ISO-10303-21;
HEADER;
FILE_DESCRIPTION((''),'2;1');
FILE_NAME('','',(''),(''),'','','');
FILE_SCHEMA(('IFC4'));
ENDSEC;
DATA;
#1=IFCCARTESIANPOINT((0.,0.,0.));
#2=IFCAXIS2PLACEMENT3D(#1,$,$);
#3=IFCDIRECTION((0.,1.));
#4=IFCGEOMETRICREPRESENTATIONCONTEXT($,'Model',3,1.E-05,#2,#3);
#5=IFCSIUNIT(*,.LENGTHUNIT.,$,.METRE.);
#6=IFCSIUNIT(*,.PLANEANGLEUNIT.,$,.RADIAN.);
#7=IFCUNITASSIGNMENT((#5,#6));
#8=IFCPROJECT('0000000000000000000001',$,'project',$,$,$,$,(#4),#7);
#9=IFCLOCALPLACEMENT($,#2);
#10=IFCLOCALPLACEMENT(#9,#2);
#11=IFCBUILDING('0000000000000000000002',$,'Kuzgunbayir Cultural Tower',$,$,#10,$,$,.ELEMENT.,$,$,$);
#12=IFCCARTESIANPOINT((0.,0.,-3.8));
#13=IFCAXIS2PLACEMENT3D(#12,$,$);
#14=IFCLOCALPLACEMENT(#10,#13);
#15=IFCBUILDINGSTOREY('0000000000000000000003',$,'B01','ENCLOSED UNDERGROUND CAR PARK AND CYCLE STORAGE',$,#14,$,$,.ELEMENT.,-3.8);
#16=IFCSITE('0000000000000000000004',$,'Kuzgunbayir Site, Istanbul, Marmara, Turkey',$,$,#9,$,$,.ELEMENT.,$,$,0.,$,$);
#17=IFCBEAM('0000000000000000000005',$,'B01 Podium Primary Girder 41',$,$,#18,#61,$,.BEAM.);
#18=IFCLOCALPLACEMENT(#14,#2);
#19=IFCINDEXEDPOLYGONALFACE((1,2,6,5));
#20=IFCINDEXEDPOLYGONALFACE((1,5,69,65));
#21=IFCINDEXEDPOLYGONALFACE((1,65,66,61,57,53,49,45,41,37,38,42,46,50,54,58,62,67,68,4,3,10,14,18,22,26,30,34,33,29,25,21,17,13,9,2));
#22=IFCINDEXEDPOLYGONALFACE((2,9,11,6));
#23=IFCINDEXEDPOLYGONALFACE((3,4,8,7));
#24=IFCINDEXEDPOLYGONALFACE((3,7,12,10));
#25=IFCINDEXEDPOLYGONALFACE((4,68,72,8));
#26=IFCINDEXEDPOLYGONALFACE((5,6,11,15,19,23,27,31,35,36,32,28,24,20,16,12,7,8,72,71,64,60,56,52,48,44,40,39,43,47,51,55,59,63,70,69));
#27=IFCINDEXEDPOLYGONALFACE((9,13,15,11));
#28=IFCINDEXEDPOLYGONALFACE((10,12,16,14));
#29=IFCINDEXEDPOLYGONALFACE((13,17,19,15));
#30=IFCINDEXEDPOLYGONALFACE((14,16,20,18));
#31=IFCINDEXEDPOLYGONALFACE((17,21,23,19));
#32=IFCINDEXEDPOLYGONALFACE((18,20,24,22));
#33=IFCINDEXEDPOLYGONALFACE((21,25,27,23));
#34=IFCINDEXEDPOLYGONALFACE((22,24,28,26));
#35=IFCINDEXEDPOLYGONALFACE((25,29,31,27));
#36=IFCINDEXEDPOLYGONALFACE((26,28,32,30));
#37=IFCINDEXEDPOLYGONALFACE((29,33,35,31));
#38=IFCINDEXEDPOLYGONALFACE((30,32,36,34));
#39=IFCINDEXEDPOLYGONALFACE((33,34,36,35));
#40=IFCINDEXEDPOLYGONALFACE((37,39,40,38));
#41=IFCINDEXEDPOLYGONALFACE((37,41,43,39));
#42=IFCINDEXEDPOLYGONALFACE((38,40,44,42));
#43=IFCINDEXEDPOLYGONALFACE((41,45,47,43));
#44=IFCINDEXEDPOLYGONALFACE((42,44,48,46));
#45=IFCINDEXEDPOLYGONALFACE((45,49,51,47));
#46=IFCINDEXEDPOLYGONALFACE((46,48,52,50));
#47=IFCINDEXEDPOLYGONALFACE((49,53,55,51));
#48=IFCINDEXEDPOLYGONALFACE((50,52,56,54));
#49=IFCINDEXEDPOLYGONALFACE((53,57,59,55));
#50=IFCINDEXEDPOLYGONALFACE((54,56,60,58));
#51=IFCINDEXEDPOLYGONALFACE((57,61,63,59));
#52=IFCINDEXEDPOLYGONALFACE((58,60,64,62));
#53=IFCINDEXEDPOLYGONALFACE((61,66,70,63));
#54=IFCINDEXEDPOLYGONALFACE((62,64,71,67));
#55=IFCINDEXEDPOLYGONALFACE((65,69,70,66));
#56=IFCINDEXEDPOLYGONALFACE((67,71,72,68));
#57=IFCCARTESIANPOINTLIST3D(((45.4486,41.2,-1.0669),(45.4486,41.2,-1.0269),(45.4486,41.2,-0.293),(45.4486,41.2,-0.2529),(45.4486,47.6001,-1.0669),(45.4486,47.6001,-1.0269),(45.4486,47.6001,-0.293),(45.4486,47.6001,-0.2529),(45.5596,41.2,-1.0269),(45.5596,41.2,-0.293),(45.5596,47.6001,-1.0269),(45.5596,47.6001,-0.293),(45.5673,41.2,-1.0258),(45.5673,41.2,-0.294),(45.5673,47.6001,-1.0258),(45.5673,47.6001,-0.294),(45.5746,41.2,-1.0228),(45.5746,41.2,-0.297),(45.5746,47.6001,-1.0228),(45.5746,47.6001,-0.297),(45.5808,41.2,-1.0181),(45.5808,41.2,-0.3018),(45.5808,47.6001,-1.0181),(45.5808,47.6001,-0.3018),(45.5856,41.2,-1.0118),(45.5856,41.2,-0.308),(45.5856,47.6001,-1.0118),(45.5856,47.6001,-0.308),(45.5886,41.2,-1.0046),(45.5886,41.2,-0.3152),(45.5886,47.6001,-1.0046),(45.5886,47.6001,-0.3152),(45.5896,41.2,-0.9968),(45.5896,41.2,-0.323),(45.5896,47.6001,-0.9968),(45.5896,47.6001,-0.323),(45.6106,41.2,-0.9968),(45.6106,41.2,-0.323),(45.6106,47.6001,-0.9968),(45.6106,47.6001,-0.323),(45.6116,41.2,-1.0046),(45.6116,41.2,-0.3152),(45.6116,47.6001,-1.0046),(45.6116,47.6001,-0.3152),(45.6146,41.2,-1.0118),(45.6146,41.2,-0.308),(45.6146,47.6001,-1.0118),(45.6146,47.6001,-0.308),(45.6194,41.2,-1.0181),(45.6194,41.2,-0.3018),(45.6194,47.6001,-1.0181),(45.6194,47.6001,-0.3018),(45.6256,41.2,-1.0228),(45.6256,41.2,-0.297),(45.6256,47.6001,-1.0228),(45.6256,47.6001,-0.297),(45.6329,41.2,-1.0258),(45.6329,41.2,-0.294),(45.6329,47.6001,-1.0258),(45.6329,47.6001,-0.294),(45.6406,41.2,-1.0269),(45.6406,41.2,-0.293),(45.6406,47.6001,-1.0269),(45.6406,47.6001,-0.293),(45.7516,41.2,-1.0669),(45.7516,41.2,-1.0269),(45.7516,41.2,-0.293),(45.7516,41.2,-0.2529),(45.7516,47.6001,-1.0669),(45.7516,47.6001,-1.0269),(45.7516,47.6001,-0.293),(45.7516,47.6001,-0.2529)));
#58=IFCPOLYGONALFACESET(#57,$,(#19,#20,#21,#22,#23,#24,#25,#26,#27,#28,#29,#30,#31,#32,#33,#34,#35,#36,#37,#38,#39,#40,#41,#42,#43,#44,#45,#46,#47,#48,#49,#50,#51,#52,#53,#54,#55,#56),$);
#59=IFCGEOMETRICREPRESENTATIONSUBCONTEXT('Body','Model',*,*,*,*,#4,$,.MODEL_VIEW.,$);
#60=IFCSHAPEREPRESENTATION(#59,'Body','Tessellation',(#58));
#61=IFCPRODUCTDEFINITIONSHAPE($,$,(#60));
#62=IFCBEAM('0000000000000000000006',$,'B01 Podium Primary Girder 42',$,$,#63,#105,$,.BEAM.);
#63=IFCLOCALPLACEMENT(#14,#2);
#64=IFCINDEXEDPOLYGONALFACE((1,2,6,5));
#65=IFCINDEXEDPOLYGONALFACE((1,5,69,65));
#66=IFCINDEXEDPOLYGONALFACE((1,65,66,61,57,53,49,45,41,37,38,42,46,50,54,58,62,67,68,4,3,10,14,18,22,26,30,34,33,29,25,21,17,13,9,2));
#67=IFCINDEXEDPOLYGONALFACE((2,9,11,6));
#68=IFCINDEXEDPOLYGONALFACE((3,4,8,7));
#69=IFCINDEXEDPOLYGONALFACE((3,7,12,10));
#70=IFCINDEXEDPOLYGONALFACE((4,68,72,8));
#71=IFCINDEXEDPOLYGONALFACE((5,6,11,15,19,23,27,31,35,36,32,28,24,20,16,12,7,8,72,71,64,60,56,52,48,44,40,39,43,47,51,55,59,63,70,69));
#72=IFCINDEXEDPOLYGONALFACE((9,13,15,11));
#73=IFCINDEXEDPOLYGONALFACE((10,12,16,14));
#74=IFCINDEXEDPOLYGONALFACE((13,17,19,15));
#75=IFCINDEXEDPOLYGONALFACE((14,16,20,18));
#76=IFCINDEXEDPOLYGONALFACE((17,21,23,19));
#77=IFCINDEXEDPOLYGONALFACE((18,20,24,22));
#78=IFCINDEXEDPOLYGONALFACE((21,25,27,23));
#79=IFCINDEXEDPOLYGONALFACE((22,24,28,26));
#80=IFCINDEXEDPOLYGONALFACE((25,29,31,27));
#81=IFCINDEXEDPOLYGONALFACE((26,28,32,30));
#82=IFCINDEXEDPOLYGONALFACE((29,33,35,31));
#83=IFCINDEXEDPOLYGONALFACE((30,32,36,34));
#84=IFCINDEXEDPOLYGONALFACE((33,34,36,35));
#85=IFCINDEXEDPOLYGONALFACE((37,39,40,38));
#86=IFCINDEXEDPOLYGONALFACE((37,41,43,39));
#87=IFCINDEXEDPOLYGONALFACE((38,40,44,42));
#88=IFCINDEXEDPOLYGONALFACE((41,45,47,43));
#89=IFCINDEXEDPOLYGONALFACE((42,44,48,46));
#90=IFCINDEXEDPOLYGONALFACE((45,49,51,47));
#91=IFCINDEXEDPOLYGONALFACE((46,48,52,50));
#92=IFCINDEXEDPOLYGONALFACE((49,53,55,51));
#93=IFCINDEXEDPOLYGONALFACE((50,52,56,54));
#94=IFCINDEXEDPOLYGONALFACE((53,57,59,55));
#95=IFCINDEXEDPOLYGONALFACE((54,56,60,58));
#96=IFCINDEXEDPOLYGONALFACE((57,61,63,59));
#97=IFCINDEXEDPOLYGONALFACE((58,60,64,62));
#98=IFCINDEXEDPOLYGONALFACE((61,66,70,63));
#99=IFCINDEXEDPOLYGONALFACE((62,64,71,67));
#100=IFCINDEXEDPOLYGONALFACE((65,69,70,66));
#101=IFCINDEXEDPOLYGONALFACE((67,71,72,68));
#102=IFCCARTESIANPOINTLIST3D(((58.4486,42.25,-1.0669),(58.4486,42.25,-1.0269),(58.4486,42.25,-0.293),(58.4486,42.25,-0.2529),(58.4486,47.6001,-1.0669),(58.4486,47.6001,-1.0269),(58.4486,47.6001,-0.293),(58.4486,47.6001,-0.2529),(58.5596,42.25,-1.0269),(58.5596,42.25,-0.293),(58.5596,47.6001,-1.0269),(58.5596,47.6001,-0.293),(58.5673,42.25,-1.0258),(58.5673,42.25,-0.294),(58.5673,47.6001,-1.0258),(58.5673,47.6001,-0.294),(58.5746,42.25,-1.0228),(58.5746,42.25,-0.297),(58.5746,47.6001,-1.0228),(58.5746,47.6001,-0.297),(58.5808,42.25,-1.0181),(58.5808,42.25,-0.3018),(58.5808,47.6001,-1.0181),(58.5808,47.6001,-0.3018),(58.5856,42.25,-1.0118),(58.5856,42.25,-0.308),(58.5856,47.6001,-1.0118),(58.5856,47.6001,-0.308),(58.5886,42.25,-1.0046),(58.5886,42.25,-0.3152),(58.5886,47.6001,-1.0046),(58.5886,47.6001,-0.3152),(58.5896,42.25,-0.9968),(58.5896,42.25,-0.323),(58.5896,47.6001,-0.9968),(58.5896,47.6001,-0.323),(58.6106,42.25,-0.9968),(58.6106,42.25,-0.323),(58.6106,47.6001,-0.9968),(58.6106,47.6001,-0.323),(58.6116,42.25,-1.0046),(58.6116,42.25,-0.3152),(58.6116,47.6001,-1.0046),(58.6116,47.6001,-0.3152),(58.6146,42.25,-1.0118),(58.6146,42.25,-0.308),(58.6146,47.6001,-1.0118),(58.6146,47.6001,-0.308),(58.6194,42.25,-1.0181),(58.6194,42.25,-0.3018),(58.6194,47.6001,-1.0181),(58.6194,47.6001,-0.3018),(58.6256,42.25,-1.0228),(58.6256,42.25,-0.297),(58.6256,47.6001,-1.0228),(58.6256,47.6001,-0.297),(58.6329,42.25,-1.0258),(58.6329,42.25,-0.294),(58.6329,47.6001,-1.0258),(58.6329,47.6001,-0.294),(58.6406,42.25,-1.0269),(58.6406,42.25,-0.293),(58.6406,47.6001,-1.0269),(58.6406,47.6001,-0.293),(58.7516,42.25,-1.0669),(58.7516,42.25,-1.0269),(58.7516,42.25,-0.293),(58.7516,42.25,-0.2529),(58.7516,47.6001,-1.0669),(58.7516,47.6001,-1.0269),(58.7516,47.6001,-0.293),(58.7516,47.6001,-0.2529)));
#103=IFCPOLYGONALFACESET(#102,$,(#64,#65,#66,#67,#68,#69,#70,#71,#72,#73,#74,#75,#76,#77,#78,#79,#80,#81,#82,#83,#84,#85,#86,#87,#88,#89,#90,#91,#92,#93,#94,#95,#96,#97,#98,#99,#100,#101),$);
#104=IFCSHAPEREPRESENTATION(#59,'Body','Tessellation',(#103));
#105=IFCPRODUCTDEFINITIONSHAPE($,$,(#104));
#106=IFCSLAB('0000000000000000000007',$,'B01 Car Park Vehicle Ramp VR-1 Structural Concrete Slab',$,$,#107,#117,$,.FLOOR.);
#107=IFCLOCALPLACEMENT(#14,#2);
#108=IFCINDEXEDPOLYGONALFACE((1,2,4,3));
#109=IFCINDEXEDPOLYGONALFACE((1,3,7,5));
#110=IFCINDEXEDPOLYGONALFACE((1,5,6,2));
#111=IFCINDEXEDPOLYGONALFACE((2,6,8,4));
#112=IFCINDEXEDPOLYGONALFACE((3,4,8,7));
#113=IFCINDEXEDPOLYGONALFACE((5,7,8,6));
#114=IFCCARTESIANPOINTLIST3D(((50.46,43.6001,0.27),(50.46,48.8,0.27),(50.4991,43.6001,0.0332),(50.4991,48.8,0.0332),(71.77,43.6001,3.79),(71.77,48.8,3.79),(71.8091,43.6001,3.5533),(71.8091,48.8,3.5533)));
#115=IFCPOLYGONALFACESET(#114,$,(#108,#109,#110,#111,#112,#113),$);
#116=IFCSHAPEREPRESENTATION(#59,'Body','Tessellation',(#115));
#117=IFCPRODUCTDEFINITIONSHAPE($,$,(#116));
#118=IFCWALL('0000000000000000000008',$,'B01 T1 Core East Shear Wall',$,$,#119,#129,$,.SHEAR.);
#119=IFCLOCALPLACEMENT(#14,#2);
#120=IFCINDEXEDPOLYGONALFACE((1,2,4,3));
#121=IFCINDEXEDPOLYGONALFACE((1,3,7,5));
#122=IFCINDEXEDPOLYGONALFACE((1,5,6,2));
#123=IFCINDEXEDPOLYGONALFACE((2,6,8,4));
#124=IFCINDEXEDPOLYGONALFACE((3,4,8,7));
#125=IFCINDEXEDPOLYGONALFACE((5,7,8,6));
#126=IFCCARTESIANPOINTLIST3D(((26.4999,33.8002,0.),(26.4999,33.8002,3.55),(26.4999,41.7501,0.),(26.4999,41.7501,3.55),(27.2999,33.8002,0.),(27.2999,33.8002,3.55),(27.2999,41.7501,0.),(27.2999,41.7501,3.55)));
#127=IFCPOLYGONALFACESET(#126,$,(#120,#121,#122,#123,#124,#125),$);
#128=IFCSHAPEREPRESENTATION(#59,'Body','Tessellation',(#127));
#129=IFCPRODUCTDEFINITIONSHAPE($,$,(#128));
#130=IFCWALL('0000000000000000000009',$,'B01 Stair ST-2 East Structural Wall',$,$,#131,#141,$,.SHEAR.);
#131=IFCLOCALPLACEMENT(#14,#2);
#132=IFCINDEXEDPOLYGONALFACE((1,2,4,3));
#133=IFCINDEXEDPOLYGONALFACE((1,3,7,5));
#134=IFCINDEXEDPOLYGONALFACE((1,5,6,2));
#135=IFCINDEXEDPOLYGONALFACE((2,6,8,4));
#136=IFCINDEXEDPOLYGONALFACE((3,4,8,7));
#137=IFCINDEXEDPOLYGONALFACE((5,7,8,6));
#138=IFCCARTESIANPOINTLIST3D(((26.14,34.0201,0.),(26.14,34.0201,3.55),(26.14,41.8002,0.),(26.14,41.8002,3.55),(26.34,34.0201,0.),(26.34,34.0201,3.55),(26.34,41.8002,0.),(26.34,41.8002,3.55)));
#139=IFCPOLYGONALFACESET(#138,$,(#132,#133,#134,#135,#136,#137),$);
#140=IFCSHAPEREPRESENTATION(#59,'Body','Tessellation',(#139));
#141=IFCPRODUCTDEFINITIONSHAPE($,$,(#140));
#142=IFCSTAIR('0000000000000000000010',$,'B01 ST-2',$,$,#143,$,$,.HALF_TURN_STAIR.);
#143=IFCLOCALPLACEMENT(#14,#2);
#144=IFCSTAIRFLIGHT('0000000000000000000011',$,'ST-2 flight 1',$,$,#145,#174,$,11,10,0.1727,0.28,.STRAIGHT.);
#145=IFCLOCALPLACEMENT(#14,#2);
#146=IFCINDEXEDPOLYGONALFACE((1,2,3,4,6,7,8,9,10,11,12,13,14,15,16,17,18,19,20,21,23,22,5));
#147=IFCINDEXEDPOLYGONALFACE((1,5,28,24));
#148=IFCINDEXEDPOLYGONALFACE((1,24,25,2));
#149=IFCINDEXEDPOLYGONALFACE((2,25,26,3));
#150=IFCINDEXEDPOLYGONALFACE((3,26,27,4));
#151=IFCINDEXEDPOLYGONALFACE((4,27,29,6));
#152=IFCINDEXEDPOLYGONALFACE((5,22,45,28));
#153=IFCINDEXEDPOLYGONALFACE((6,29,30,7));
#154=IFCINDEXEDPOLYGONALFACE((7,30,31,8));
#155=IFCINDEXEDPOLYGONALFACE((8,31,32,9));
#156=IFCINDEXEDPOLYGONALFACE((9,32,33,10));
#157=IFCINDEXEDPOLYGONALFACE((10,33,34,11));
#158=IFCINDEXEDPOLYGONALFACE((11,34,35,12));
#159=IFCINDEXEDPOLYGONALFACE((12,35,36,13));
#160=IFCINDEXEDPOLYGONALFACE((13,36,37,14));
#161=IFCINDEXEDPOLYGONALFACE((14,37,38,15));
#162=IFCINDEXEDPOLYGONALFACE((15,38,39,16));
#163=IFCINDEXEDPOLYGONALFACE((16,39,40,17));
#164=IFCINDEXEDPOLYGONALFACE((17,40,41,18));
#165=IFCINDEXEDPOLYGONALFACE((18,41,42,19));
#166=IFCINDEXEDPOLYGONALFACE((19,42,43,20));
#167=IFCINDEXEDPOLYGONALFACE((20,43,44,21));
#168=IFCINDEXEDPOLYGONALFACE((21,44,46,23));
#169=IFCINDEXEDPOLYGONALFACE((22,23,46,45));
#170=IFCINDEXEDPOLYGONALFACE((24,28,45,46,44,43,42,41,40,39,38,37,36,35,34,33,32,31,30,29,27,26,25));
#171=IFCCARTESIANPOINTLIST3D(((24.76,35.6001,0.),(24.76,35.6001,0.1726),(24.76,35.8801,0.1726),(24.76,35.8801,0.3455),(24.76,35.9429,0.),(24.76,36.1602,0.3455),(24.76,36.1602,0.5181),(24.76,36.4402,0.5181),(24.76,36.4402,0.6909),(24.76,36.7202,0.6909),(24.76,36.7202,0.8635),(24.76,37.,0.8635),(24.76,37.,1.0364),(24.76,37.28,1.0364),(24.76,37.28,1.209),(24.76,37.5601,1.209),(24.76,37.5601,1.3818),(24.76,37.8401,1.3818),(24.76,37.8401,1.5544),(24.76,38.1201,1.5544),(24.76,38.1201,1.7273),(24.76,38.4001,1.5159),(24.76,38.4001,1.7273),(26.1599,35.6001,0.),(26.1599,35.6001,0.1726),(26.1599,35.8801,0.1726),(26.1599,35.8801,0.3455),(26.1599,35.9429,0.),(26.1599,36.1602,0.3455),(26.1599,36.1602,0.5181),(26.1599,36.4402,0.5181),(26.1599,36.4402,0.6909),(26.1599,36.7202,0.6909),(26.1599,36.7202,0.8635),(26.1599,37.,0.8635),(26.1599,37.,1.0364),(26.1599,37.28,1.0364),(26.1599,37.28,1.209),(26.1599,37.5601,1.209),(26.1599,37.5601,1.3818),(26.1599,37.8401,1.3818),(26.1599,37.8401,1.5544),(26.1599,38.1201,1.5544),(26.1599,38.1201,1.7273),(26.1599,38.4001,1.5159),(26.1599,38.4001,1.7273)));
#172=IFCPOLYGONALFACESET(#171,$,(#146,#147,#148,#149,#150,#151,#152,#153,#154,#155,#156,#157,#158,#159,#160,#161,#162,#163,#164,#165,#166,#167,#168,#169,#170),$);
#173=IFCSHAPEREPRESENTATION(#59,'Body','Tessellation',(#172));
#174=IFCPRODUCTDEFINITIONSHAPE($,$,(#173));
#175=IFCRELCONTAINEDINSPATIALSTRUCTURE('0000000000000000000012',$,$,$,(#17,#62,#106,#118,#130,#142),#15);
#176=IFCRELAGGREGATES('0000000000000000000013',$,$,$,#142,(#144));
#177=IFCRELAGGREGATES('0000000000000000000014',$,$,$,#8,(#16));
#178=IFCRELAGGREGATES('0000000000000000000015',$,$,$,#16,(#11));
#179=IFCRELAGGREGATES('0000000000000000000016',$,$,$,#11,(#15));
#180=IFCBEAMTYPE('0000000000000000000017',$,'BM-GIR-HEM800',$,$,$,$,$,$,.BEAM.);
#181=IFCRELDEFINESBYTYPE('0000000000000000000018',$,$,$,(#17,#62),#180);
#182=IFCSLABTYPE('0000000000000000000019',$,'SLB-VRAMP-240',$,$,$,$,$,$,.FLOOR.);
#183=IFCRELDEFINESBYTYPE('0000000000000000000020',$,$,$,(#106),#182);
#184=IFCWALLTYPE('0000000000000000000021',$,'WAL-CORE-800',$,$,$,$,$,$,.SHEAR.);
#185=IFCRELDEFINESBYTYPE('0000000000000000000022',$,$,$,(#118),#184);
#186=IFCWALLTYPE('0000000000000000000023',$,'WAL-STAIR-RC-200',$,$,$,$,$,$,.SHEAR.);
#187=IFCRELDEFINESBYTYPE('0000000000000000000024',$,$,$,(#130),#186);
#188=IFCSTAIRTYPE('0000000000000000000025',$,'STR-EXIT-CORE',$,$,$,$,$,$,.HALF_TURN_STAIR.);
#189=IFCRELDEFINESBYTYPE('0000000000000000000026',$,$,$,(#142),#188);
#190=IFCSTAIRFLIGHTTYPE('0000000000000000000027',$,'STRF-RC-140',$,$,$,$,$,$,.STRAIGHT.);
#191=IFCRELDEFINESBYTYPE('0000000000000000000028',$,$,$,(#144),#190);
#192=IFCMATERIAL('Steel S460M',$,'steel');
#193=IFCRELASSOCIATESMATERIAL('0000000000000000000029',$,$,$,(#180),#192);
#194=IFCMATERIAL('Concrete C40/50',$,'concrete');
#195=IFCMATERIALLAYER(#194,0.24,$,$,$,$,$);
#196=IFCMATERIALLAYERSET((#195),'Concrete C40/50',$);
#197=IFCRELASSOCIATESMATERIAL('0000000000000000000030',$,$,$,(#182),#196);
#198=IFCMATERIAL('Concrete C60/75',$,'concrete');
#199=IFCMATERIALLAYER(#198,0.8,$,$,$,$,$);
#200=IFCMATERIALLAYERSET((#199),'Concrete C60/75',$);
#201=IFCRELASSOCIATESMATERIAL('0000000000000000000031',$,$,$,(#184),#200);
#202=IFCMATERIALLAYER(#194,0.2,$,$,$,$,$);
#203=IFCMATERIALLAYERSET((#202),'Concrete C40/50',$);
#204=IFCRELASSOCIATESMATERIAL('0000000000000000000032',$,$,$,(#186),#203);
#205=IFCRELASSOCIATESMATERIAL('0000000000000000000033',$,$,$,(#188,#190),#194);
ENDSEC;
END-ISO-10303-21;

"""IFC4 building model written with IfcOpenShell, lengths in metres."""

from ifc_helpers import new_model, si_unit, direction, frame, frame_2d, origin, origin_2d, place, context, subcontext, project, spatial, polyline, rectangle, i_section, outline, extrude, material, layer, layer_set, material_profile, profile_set, type_object, element, aggregate, save


model = new_model("IFC4")

# Units and contexts
model_context = context("Model", 3, precision=1e-05, world=origin(), true_north=direction((0.0, 1.0)))
body_context = subcontext(model_context, "Body", "Model", "MODEL_VIEW")
ifc_project = project(units=[si_unit("LENGTHUNIT", "METRE"), si_unit("PLANEANGLEUNIT", "RADIAN")], contexts=[model_context])

# Site, building, storey
site_placement = place(None, origin())
site = spatial("IfcSite", under=ifc_project, at=site_placement, Name="Kuzgunbayir Site, Istanbul, Marmara, Turkey", CompositionType="ELEMENT", RefElevation=0.0)
building_placement = place(site_placement, origin())
building = spatial("IfcBuilding", under=site, at=building_placement, Name="Kuzgunbayir Cultural Tower", CompositionType="ELEMENT")
storey_placement = place(building_placement, frame((0.0, 0.0, -3.8)))
storey = spatial("IfcBuildingStorey", under=building, at=storey_placement, Name="B01", Description="ENCLOSED UNDERGROUND CAR PARK AND CYCLE STORAGE", CompositionType="ELEMENT", Elevation=-3.8)

# Shared definitions
ifc_material_1 = material(Name="Concrete C60/75", Category="concrete")

# Beams
ifc_material_2 = material(Name="Steel S460M", Category="steel")
ifc_material_profile_1 = material_profile(ifc_material_2, i_section(OverallWidth=0.303, OverallDepth=0.814, WebThickness=0.021, FlangeThickness=0.04, FilletRadius=0.03, at=origin_2d()), Name="HEM 800")
ifc_profile_set_1 = profile_set([ifc_material_profile_1], Name="Steel S460M")
beam_type = type_object("IfcBeamType", Name="BM-GIR-HEM800", PredefinedType="BEAM", material=ifc_profile_set_1)
beam_1_placement = place(storey_placement, frame((45.6001, 41.2, -0.6599), z_axis=(0.0, 1.0, 0.0), x_axis=(-1.0, 0.0, 0.0)))
element("IfcBeam", 1, at=beam_1_placement, inside=storey, type_object=beam_type, Name="B01 Podium Primary Girder 41", PredefinedType="BEAM", context=body_context, shape_type="SweptSolid", body=[
    extrude(i_section(OverallWidth=0.303, OverallDepth=0.814, WebThickness=0.021, FlangeThickness=0.04, FilletRadius=0.03, at=origin_2d()), origin(), (0.0, 0.0, 1.0), 6.4001),
])
beam_2_placement = place(storey_placement, frame((58.6001, 42.25, -0.6599), z_axis=(0.0, 1.0, 0.0), x_axis=(-1.0, 0.0, 0.0)))
element("IfcBeam", 2, at=beam_2_placement, inside=storey, type_object=beam_type, Name="B01 Podium Primary Girder 42", PredefinedType="BEAM", context=body_context, shape_type="SweptSolid", body=[
    extrude(i_section(OverallWidth=0.303, OverallDepth=0.814, WebThickness=0.021, FlangeThickness=0.04, FilletRadius=0.03, at=origin_2d()), origin(), (0.0, 0.0, 1.0), 5.3501),
])

# Slab
ifc_material_3 = material(Name="Concrete C40/50", Category="concrete")
ifc_layer_1 = layer(ifc_material_3, 0.24)
ifc_layer_set_1 = layer_set([ifc_layer_1], Name="Concrete C40/50")
slab_type = type_object("IfcSlabType", Name="SLB-VRAMP-240", PredefinedType="FLOOR", material=ifc_layer_set_1)
slab_placement = place(storey_placement, frame((50.46, 43.6001, 0.27), z_axis=(-0.162973, 0.0, 0.986631), x_axis=(0.986631, 0.0, 0.162973)))
element("IfcSlab", 3, at=slab_placement, inside=storey, type_object=slab_type, Name="B01 Car Park Vehicle Ramp VR-1 Structural Concrete Slab", PredefinedType="FLOOR", context=body_context, shape_type="SweptSolid", body=[
    extrude(outline(polyline([(0.0, 0.0), (21.5988, 0.0), (21.5988, 5.2), (0.0, 5.2), (0.0, 0.0)])), origin(), (0.0, 0.0, -1.0), 0.24),
])

# Walls
ifc_layer_2 = layer(ifc_material_1, 0.8)
ifc_layer_set_2 = layer_set([ifc_layer_2], Name="Concrete C60/75")
wall_type_1 = type_object("IfcWallType", Name="WAL-CORE-800", PredefinedType="SHEAR", material=ifc_layer_set_2)
wall_1_placement = place(storey_placement, frame((26.8999, 33.8, 0.0), z_axis=(0.0, 0.0, 1.0), x_axis=(0.0, 1.0, 0.0)))
element("IfcWall", 4, at=wall_1_placement, inside=storey, type_object=wall_type_1, Name="B01 T1 Core East Shear Wall", PredefinedType="SHEAR", context=body_context, shape_type="SweptSolid", body=[
    extrude(rectangle(XDim=7.95, YDim=0.8, at=frame_2d((3.9751, 0.0))), origin(), (0.0, 0.0, 1.0), 3.55),
])
ifc_layer_3 = layer(ifc_material_3, 0.2)
ifc_layer_set_3 = layer_set([ifc_layer_3], Name="Concrete C40/50")
wall_type_2 = type_object("IfcWallType", Name="WAL-STAIR-RC-200", PredefinedType="SHEAR", material=ifc_layer_set_3)
wall_2_placement = place(storey_placement, frame((26.24, 34.02, 0.0), z_axis=(0.0, 0.0, 1.0), x_axis=(0.0, 1.0, 0.0)))
element("IfcWall", 5, at=wall_2_placement, inside=storey, type_object=wall_type_2, Name="B01 Stair ST-2 East Structural Wall", PredefinedType="SHEAR", context=body_context, shape_type="SweptSolid", body=[
    extrude(rectangle(XDim=7.78, YDim=0.2, at=frame_2d((3.8901, 0.0))), origin(), (0.0, 0.0, 1.0), 3.55),
])

# Stair, stair flight
stair_type = type_object("IfcStairType", Name="STR-EXIT-CORE", PredefinedType="HALF_TURN_STAIR", material=ifc_material_3)
stair_placement = place(storey_placement, origin())
stair = element("IfcStair", 6, at=stair_placement, inside=storey, type_object=stair_type, Name="B01 ST-2", PredefinedType="HALF_TURN_STAIR")
stair_flight_type = type_object("IfcStairFlightType", Name="STRF-RC-140", PredefinedType="STRAIGHT", material=ifc_material_3)
stair_flight_placement = place(storey_placement, frame((25.46, 35.6001, 0.0), z_axis=(0.0, 0.0, 1.0), x_axis=(0.0, 1.0, 0.0)))
stair_flight = element("IfcStairFlight", 7, at=stair_flight_placement, type_object=stair_flight_type, Name="ST-2 flight 1", NumberOfRisers=11, NumberOfTreads=10, PredefinedType="STRAIGHT", RiserHeight=0.1727, TreadLength=0.28, context=body_context, shape_type="SweptSolid", body=[
    extrude(outline(polyline([(0.0, 0.0), (0.0, 0.1726), (0.28, 0.1726), (0.28, 0.3455), (0.5601, 0.3455), (0.5601, 0.5181), (0.8401, 0.5181), (0.8401, 0.6909), (1.1201, 0.6909), (1.1201, 0.8635), (1.3999, 0.8635), (1.3999, 1.0364), (1.6799, 1.0364), (1.6799, 1.209), (1.96, 1.209), (1.96, 1.3818), (2.24, 1.3818), (2.24, 1.5544), (2.52, 1.5544), (2.52, 1.7273), (2.8, 1.7273), (2.8, 1.8999), (2.8, 1.5159), (0.3428, 0.0), (0.0, 0.0)])), frame((0.0, 0.7, 0.0), z_axis=(0.0, -1.0, 0.0), x_axis=(1.0, 0.0, 0.0)), (0.0, 0.0, 1.0), 1.3999),
])
aggregate(stair, [stair_flight])

save(model, "model.ifc")
